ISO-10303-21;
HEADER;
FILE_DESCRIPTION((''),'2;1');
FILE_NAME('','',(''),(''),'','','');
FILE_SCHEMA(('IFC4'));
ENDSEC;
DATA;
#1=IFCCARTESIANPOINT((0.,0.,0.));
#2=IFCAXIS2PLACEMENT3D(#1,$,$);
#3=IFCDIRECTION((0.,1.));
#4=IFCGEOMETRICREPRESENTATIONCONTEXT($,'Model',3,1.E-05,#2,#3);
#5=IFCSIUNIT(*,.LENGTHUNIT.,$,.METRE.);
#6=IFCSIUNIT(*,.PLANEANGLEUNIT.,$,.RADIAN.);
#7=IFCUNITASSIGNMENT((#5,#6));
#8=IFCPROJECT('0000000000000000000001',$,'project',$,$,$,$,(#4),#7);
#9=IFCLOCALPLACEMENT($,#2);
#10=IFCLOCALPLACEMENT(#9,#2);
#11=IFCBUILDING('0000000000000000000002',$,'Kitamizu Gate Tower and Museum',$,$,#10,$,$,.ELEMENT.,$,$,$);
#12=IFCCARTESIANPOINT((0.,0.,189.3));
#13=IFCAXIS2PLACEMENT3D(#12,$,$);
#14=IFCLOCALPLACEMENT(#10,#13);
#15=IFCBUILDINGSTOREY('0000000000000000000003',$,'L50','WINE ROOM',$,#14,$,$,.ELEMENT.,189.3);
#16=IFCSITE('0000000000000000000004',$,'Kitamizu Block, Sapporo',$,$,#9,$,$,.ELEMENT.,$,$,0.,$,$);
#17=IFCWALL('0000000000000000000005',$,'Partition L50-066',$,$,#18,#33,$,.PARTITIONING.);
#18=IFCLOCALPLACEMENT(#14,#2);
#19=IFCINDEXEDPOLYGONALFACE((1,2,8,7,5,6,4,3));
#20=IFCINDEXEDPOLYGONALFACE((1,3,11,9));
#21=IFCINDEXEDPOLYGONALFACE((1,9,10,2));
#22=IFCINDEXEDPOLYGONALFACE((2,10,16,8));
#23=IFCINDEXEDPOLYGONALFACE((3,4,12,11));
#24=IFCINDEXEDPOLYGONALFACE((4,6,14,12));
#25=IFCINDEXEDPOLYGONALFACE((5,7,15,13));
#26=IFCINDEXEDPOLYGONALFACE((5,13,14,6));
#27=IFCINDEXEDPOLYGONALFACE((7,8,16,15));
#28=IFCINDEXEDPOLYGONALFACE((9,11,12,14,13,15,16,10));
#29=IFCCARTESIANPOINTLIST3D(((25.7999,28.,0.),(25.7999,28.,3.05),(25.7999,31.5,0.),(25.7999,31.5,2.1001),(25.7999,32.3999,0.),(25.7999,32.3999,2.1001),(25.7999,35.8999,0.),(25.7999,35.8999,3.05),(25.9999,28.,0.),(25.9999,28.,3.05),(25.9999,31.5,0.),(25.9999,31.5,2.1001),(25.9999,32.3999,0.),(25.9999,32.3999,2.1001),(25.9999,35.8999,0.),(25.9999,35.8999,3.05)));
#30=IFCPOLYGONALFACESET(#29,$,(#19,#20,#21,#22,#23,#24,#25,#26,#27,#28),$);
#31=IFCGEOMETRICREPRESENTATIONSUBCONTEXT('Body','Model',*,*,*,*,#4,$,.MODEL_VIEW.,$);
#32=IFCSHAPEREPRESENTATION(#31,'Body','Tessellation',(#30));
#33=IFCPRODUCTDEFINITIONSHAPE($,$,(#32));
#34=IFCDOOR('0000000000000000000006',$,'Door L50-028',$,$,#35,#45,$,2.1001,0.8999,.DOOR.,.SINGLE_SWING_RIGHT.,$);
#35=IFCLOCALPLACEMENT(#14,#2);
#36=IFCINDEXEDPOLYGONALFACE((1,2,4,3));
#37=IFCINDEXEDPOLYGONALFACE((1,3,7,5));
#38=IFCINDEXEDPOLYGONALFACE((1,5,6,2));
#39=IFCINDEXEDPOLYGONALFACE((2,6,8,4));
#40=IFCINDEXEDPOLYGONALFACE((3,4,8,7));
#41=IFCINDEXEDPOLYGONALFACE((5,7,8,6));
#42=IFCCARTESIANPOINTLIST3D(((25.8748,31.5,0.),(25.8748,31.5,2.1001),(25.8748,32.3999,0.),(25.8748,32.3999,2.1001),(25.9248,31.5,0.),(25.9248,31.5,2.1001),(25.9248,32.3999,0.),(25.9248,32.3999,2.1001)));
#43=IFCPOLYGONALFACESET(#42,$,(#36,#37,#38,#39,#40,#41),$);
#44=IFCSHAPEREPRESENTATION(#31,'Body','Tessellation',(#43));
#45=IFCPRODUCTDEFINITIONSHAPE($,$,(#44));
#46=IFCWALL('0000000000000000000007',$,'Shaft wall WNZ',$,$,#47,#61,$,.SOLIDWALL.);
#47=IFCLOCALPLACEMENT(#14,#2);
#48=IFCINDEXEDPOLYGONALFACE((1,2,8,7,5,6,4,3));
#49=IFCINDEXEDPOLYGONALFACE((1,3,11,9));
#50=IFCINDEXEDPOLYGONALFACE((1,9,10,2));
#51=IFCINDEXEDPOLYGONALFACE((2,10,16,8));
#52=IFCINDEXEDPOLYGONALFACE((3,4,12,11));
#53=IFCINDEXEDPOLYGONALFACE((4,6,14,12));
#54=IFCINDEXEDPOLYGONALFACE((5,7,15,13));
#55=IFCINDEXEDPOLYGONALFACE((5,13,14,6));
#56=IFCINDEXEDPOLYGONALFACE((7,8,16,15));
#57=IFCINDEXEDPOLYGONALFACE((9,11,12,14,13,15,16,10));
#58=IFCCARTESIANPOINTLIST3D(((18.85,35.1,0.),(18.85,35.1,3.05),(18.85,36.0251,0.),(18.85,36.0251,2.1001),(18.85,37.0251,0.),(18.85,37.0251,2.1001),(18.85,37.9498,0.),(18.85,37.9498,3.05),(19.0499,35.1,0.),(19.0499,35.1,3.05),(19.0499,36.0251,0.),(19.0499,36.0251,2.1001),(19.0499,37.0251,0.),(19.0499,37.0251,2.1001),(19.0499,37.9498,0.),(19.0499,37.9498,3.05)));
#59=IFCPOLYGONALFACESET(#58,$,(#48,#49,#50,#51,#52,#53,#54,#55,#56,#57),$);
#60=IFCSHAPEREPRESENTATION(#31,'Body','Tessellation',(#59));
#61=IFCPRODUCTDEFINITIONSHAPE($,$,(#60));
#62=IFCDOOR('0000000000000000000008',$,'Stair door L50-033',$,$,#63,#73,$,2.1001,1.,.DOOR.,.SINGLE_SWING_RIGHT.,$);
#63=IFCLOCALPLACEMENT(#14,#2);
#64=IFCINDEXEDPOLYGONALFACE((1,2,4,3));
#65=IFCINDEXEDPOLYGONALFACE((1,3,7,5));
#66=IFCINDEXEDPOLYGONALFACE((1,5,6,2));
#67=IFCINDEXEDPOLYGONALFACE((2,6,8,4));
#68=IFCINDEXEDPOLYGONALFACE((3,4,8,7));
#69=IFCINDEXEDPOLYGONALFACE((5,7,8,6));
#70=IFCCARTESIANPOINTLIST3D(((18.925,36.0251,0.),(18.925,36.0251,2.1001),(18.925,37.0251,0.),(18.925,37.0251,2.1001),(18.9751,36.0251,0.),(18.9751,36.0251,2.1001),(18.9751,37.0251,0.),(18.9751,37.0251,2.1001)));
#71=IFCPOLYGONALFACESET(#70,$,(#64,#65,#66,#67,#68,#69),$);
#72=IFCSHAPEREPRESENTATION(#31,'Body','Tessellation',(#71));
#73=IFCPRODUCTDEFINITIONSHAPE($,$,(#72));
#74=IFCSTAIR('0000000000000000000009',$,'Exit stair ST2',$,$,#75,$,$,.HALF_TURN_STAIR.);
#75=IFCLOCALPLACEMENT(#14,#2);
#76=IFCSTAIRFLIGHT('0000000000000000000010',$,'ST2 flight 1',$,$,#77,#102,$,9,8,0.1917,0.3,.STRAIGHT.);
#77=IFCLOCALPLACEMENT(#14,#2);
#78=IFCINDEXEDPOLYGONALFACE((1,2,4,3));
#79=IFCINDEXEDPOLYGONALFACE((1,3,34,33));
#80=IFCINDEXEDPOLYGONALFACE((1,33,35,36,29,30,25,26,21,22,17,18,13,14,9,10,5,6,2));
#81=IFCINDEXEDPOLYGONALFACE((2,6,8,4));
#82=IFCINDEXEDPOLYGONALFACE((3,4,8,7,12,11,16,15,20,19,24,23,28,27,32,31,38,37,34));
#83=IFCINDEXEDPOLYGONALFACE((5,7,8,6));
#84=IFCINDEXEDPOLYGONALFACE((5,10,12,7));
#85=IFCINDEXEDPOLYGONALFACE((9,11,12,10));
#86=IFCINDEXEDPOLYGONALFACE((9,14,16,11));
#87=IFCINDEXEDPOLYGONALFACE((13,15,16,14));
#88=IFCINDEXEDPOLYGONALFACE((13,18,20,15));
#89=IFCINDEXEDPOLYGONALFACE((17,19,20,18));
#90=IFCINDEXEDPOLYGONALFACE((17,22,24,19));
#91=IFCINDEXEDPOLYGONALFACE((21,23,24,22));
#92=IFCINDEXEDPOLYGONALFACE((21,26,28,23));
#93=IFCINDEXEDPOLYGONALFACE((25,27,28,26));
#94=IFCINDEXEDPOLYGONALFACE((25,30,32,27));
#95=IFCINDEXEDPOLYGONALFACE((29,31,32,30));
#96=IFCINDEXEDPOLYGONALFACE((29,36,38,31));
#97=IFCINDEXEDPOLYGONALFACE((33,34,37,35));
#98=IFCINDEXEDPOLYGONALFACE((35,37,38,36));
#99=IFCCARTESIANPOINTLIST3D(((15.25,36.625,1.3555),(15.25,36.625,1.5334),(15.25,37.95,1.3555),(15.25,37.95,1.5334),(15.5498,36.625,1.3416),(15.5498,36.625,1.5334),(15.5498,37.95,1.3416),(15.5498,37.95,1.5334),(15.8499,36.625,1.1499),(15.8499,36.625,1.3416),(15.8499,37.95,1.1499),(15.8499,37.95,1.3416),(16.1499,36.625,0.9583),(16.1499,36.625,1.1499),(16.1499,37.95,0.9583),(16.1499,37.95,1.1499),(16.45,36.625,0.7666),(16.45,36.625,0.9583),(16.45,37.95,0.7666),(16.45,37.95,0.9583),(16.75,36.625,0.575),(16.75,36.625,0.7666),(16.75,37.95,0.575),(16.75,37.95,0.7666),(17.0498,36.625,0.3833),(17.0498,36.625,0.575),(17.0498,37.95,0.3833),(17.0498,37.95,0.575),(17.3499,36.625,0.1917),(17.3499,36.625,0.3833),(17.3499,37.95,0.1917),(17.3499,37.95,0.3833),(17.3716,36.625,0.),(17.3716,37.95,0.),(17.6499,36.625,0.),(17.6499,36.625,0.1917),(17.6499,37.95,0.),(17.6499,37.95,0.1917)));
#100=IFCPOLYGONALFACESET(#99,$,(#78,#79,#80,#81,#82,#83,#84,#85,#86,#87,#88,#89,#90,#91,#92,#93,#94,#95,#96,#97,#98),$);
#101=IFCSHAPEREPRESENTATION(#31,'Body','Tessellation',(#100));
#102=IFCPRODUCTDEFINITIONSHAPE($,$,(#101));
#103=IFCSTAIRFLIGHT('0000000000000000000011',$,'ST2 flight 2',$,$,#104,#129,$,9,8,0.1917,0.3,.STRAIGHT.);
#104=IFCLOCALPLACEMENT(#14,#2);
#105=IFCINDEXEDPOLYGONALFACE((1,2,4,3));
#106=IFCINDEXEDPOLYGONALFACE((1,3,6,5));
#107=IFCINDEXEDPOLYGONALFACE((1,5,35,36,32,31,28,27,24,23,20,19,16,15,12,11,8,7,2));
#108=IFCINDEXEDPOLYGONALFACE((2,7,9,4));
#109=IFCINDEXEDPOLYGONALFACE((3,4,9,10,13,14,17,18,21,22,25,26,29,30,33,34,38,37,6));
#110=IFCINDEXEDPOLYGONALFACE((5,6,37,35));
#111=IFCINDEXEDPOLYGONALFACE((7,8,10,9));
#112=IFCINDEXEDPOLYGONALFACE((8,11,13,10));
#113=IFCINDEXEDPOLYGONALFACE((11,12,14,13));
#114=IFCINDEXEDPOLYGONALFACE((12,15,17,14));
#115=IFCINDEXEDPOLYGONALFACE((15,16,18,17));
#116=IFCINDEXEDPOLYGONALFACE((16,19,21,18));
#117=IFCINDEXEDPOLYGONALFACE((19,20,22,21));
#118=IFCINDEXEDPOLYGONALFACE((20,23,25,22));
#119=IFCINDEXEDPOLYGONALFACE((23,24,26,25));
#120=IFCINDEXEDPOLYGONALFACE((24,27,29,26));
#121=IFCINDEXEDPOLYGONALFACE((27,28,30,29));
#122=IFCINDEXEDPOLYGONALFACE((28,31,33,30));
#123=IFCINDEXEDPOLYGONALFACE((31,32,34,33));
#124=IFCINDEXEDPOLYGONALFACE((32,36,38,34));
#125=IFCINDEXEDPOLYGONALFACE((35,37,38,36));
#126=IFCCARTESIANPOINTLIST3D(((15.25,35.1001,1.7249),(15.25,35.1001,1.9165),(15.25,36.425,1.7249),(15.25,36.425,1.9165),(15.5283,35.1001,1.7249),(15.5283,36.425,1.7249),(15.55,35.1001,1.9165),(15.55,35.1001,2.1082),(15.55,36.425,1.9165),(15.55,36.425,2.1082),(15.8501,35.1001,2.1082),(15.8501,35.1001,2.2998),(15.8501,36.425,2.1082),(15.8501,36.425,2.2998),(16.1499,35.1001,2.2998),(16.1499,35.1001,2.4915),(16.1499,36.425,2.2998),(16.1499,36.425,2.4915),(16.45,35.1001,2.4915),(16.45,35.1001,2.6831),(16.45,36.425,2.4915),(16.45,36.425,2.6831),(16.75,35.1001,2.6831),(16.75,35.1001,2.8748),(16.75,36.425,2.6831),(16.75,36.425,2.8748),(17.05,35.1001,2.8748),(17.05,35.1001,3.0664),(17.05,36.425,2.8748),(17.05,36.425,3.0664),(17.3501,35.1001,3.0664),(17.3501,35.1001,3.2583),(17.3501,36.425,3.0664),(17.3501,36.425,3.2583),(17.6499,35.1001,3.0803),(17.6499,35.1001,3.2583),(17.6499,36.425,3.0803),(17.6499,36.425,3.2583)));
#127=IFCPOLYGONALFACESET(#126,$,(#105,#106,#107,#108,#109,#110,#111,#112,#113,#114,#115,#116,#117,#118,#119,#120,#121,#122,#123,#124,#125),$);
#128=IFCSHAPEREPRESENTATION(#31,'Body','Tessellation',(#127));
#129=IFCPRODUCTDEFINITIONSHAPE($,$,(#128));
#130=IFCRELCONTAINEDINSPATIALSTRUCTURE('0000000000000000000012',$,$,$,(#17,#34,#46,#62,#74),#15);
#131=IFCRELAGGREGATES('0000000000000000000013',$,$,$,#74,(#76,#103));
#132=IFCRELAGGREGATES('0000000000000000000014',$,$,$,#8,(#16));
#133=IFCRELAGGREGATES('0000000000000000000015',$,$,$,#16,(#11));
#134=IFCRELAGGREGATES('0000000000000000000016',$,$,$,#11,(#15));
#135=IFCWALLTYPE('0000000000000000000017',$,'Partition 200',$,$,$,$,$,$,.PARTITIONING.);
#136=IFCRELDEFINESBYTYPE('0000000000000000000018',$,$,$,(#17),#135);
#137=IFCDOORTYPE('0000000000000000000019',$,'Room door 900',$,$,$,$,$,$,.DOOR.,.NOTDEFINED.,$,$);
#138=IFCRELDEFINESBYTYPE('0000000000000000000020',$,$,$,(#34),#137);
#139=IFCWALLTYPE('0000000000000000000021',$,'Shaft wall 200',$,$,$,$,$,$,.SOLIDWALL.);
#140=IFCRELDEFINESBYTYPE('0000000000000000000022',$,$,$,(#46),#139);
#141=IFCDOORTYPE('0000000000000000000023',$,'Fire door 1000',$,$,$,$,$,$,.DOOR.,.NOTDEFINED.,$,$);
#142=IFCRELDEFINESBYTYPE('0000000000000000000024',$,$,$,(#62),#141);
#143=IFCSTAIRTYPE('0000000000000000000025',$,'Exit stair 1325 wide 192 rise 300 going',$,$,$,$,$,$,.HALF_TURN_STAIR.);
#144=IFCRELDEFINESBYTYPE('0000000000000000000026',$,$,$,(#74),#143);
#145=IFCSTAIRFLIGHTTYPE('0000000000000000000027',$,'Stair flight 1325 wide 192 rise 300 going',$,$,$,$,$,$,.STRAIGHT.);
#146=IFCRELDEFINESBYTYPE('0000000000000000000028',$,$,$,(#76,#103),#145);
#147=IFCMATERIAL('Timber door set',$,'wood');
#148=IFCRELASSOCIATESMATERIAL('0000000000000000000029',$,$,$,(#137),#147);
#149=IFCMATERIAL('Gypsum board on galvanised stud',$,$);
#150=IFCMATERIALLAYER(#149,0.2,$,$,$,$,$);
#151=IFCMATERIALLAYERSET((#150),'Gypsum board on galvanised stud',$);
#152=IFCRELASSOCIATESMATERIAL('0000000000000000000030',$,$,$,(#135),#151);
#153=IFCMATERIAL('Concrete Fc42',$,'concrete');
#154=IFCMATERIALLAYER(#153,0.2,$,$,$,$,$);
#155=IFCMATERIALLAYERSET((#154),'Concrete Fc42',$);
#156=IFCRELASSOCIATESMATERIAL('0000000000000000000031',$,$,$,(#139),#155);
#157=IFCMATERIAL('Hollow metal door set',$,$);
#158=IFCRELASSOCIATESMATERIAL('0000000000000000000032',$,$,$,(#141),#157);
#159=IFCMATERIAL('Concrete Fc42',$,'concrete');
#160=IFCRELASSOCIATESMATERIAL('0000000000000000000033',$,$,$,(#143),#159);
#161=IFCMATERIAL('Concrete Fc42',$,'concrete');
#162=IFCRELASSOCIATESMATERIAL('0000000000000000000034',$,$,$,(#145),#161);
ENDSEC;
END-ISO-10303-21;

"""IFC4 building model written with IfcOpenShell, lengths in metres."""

from ifc_helpers import new_model, si_unit, direction, frame, frame_2d, origin, place, context, subcontext, project, spatial, polyline, rectangle, outline, extrude, material, layer, layer_set, type_object, element, fill, aggregate, save


model = new_model("IFC4")

# Units and contexts
model_context = context("Model", 3, precision=1e-05, world=origin(), true_north=direction((0.0, 1.0)))
body_context = subcontext(model_context, "Body", "Model", "MODEL_VIEW")
ifc_project = project(units=[si_unit("LENGTHUNIT", "METRE"), si_unit("PLANEANGLEUNIT", "RADIAN")], contexts=[model_context])

# Site, building, storey
site_placement = place(None, origin())
site = spatial("IfcSite", under=ifc_project, at=site_placement, Name="Kitamizu Block, Sapporo", CompositionType="ELEMENT", RefElevation=0.0)
building_placement = place(site_placement, origin())
building = spatial("IfcBuilding", under=site, at=building_placement, Name="Kitamizu Gate Tower and Museum", CompositionType="ELEMENT")
storey_placement = place(building_placement, frame((0.0, 0.0, 189.3)))
storey = spatial("IfcBuildingStorey", under=building, at=storey_placement, Name="L50", Description="WINE ROOM", CompositionType="ELEMENT", Elevation=189.3)

# Shared definitions
ifc_material_1 = material(Name="Timber door set", Category="wood")
door_type_1 = type_object("IfcDoorType", Name="Room door 900", OperationType="NOTDEFINED", PredefinedType="DOOR", material=ifc_material_1)

# Shared definitions
ifc_material_2 = material(Name="Gypsum board on galvanised stud")
ifc_layer_1 = layer(ifc_material_2, 0.2)
ifc_layer_set_1 = layer_set([ifc_layer_1], Name="Gypsum board on galvanised stud")
wall_type_1 = type_object("IfcWallType", Name="Partition 200", PredefinedType="PARTITIONING", material=ifc_layer_set_1)

# Walls, openings, doors
wall_1_placement = place(storey_placement, frame((25.8999, 35.8999, 0.0), z_axis=(0.0, 0.0, 1.0), x_axis=(0.0, -1.0, 0.0)))
wall_1 = element("IfcWall", 1, at=wall_1_placement, inside=storey, type_object=wall_type_1, Name="Partition L50-066", PredefinedType="PARTITIONING", context=body_context, shape_type="SweptSolid", body=[
    extrude(rectangle(XDim=7.8999, YDim=0.2, at=frame_2d((3.95, 0.0))), origin(), (0.0, 0.0, 1.0), 3.05),
])
opening_1_placement = place(wall_1_placement, frame((3.5, 0.0, 0.0)))
opening_1 = element("IfcOpeningElement", 2, at=opening_1_placement, cuts=wall_1, PredefinedType="OPENING", context=body_context, shape_type="SweptSolid", body=[
    extrude(rectangle(XDim=0.8999, YDim=2.1001, at=frame_2d((0.45, 1.05))), frame((0.0, 0.1099, 0.0), z_axis=(0.0, -1.0, 0.0), x_axis=(1.0, 0.0, 0.0)), (0.0, 0.0, 1.0), 0.22),
])
door_1_placement = place(opening_1_placement, origin())
door_1 = element("IfcDoor", 3, at=door_1_placement, inside=storey, type_object=door_type_1, Name="Door L50-028", OperationType="SINGLE_SWING_RIGHT", OverallHeight=2.1001, OverallWidth=0.8999, PredefinedType="DOOR", context=body_context, shape_type="SweptSolid", body=[
    extrude(rectangle(XDim=0.8999, YDim=2.1001, at=frame_2d((0.45, 1.05))), frame((0.0, 0.0249, 0.0), z_axis=(0.0, -1.0, 0.0), x_axis=(1.0, 0.0, 0.0)), (0.0, 0.0, 1.0), 0.05),
])
fill(opening_1, door_1)
ifc_material_3 = material(Name="Concrete Fc42", Category="concrete")
ifc_layer_2 = layer(ifc_material_3, 0.2)
ifc_layer_set_2 = layer_set([ifc_layer_2], Name="Concrete Fc42")
wall_type_2 = type_object("IfcWallType", Name="Shaft wall 200", PredefinedType="SOLIDWALL", material=ifc_layer_set_2)
wall_2_placement = place(storey_placement, frame((18.95, 35.1001, 0.0), z_axis=(0.0, 0.0, 1.0), x_axis=(0.0, 1.0, 0.0)))
wall_2 = element("IfcWall", 4, at=wall_2_placement, inside=storey, type_object=wall_type_2, Name="Shaft wall WNZ", PredefinedType="SOLIDWALL", context=body_context, shape_type="SweptSolid", body=[
    extrude(rectangle(XDim=2.8499, YDim=0.2, at=frame_2d((1.4248, 0.0))), origin(), (0.0, 0.0, 1.0), 3.05),
])
opening_2_placement = place(wall_2_placement, frame((0.925, 0.0, 0.0)))
opening_2 = element("IfcOpeningElement", 5, at=opening_2_placement, cuts=wall_2, PredefinedType="OPENING", context=body_context, shape_type="SweptSolid", body=[
    extrude(rectangle(XDim=1.0, YDim=2.1001, at=frame_2d((0.5, 1.05))), frame((0.0, 0.1099, 0.0), z_axis=(0.0, -1.0, 0.0), x_axis=(1.0, 0.0, 0.0)), (0.0, 0.0, 1.0), 0.22),
])
ifc_material_4 = material(Name="Hollow metal door set")
door_type_2 = type_object("IfcDoorType", Name="Fire door 1000", OperationType="NOTDEFINED", PredefinedType="DOOR", material=ifc_material_4)
door_2_placement = place(opening_2_placement, origin())
door_2 = element("IfcDoor", 6, at=door_2_placement, inside=storey, type_object=door_type_2, Name="Stair door L50-033", OperationType="SINGLE_SWING_RIGHT", OverallHeight=2.1001, OverallWidth=1.0, PredefinedType="DOOR", context=body_context, shape_type="SweptSolid", body=[
    extrude(rectangle(XDim=1.0, YDim=2.1001, at=frame_2d((0.5, 1.05))), frame((0.0, 0.0249, 0.0), z_axis=(0.0, -1.0, 0.0), x_axis=(1.0, 0.0, 0.0)), (0.0, 0.0, 1.0), 0.05),
])
fill(opening_2, door_2)

# Stair, stair flights
ifc_material_5 = material(Name="Concrete Fc42", Category="concrete")
stair_type = type_object("IfcStairType", Name="Exit stair 1325 wide 192 rise 300 going", PredefinedType="HALF_TURN_STAIR", material=ifc_material_5)
stair_placement = place(storey_placement, origin())
stair = element("IfcStair", 7, at=stair_placement, inside=storey, type_object=stair_type, Name="Exit stair ST2", PredefinedType="HALF_TURN_STAIR")
ifc_material_6 = material(Name="Concrete Fc42", Category="concrete")
stair_flight_type = type_object("IfcStairFlightType", Name="Stair flight 1325 wide 192 rise 300 going", PredefinedType="STRAIGHT", material=ifc_material_6)
stair_flight_1_placement = place(storey_placement, frame((17.6499, 37.2876, 0.0), z_axis=(0.0, 0.0, 1.0), x_axis=(-1.0, 0.0, 0.0)))
stair_flight_1 = element("IfcStairFlight", 8, at=stair_flight_1_placement, type_object=stair_flight_type, Name="ST2 flight 1", NumberOfRisers=9, NumberOfTreads=8, PredefinedType="STRAIGHT", RiserHeight=0.1917, TreadLength=0.3, context=body_context, shape_type="SweptSolid", body=[
    extrude(outline(polyline([(0.0, 0.0), (0.0, 0.1917), (0.3, 0.1917), (0.3, 0.3833), (0.6001, 0.3833), (0.6001, 0.575), (0.8999, 0.575), (0.8999, 0.7666), (1.2, 0.7666), (1.2, 0.9583), (1.5, 0.9583), (1.5, 1.1499), (1.8, 1.1499), (1.8, 1.3416), (2.1001, 1.3416), (2.1001, 1.5334), (2.3999, 1.5334), (2.3999, 1.7251), (2.3999, 1.3555), (0.2783, 0.0), (0.0, 0.0)])), frame((0.0, 0.6626, 0.0), z_axis=(0.0, -1.0, 0.0), x_axis=(1.0, 0.0, 0.0)), (0.0, 0.0, 1.0), 1.325),
])
stair_flight_2_placement = place(storey_placement, frame((15.25, 35.7625, 1.7249), z_axis=(0.0, 0.0, 1.0), x_axis=(1.0, 0.0, 0.0)))
stair_flight_2 = element("IfcStairFlight", 9, at=stair_flight_2_placement, type_object=stair_flight_type, Name="ST2 flight 2", NumberOfRisers=9, NumberOfTreads=8, PredefinedType="STRAIGHT", RiserHeight=0.1917, TreadLength=0.3, context=body_context, shape_type="SweptSolid", body=[
    extrude(outline(polyline([(0.0, 0.0), (0.0, 0.1917), (0.3, 0.1917), (0.3, 0.3833), (0.6001, 0.3833), (0.6001, 0.575), (0.8999, 0.575), (0.8999, 0.7666), (1.2, 0.7666), (1.2, 0.9583), (1.5, 0.9583), (1.5, 1.1499), (1.8, 1.1499), (1.8, 1.3416), (2.1001, 1.3416), (2.1001, 1.5334), (2.3999, 1.5334), (2.3999, 1.7251), (2.3999, 1.3555), (0.2783, 0.0), (0.0, 0.0)])), frame((0.0, 0.6626, 0.0), z_axis=(0.0, -1.0, 0.0), x_axis=(1.0, 0.0, 0.0)), (0.0, 0.0, 1.0), 1.325),
])
aggregate(stair, [stair_flight_1, stair_flight_2])

save(model, "model.ifc")
